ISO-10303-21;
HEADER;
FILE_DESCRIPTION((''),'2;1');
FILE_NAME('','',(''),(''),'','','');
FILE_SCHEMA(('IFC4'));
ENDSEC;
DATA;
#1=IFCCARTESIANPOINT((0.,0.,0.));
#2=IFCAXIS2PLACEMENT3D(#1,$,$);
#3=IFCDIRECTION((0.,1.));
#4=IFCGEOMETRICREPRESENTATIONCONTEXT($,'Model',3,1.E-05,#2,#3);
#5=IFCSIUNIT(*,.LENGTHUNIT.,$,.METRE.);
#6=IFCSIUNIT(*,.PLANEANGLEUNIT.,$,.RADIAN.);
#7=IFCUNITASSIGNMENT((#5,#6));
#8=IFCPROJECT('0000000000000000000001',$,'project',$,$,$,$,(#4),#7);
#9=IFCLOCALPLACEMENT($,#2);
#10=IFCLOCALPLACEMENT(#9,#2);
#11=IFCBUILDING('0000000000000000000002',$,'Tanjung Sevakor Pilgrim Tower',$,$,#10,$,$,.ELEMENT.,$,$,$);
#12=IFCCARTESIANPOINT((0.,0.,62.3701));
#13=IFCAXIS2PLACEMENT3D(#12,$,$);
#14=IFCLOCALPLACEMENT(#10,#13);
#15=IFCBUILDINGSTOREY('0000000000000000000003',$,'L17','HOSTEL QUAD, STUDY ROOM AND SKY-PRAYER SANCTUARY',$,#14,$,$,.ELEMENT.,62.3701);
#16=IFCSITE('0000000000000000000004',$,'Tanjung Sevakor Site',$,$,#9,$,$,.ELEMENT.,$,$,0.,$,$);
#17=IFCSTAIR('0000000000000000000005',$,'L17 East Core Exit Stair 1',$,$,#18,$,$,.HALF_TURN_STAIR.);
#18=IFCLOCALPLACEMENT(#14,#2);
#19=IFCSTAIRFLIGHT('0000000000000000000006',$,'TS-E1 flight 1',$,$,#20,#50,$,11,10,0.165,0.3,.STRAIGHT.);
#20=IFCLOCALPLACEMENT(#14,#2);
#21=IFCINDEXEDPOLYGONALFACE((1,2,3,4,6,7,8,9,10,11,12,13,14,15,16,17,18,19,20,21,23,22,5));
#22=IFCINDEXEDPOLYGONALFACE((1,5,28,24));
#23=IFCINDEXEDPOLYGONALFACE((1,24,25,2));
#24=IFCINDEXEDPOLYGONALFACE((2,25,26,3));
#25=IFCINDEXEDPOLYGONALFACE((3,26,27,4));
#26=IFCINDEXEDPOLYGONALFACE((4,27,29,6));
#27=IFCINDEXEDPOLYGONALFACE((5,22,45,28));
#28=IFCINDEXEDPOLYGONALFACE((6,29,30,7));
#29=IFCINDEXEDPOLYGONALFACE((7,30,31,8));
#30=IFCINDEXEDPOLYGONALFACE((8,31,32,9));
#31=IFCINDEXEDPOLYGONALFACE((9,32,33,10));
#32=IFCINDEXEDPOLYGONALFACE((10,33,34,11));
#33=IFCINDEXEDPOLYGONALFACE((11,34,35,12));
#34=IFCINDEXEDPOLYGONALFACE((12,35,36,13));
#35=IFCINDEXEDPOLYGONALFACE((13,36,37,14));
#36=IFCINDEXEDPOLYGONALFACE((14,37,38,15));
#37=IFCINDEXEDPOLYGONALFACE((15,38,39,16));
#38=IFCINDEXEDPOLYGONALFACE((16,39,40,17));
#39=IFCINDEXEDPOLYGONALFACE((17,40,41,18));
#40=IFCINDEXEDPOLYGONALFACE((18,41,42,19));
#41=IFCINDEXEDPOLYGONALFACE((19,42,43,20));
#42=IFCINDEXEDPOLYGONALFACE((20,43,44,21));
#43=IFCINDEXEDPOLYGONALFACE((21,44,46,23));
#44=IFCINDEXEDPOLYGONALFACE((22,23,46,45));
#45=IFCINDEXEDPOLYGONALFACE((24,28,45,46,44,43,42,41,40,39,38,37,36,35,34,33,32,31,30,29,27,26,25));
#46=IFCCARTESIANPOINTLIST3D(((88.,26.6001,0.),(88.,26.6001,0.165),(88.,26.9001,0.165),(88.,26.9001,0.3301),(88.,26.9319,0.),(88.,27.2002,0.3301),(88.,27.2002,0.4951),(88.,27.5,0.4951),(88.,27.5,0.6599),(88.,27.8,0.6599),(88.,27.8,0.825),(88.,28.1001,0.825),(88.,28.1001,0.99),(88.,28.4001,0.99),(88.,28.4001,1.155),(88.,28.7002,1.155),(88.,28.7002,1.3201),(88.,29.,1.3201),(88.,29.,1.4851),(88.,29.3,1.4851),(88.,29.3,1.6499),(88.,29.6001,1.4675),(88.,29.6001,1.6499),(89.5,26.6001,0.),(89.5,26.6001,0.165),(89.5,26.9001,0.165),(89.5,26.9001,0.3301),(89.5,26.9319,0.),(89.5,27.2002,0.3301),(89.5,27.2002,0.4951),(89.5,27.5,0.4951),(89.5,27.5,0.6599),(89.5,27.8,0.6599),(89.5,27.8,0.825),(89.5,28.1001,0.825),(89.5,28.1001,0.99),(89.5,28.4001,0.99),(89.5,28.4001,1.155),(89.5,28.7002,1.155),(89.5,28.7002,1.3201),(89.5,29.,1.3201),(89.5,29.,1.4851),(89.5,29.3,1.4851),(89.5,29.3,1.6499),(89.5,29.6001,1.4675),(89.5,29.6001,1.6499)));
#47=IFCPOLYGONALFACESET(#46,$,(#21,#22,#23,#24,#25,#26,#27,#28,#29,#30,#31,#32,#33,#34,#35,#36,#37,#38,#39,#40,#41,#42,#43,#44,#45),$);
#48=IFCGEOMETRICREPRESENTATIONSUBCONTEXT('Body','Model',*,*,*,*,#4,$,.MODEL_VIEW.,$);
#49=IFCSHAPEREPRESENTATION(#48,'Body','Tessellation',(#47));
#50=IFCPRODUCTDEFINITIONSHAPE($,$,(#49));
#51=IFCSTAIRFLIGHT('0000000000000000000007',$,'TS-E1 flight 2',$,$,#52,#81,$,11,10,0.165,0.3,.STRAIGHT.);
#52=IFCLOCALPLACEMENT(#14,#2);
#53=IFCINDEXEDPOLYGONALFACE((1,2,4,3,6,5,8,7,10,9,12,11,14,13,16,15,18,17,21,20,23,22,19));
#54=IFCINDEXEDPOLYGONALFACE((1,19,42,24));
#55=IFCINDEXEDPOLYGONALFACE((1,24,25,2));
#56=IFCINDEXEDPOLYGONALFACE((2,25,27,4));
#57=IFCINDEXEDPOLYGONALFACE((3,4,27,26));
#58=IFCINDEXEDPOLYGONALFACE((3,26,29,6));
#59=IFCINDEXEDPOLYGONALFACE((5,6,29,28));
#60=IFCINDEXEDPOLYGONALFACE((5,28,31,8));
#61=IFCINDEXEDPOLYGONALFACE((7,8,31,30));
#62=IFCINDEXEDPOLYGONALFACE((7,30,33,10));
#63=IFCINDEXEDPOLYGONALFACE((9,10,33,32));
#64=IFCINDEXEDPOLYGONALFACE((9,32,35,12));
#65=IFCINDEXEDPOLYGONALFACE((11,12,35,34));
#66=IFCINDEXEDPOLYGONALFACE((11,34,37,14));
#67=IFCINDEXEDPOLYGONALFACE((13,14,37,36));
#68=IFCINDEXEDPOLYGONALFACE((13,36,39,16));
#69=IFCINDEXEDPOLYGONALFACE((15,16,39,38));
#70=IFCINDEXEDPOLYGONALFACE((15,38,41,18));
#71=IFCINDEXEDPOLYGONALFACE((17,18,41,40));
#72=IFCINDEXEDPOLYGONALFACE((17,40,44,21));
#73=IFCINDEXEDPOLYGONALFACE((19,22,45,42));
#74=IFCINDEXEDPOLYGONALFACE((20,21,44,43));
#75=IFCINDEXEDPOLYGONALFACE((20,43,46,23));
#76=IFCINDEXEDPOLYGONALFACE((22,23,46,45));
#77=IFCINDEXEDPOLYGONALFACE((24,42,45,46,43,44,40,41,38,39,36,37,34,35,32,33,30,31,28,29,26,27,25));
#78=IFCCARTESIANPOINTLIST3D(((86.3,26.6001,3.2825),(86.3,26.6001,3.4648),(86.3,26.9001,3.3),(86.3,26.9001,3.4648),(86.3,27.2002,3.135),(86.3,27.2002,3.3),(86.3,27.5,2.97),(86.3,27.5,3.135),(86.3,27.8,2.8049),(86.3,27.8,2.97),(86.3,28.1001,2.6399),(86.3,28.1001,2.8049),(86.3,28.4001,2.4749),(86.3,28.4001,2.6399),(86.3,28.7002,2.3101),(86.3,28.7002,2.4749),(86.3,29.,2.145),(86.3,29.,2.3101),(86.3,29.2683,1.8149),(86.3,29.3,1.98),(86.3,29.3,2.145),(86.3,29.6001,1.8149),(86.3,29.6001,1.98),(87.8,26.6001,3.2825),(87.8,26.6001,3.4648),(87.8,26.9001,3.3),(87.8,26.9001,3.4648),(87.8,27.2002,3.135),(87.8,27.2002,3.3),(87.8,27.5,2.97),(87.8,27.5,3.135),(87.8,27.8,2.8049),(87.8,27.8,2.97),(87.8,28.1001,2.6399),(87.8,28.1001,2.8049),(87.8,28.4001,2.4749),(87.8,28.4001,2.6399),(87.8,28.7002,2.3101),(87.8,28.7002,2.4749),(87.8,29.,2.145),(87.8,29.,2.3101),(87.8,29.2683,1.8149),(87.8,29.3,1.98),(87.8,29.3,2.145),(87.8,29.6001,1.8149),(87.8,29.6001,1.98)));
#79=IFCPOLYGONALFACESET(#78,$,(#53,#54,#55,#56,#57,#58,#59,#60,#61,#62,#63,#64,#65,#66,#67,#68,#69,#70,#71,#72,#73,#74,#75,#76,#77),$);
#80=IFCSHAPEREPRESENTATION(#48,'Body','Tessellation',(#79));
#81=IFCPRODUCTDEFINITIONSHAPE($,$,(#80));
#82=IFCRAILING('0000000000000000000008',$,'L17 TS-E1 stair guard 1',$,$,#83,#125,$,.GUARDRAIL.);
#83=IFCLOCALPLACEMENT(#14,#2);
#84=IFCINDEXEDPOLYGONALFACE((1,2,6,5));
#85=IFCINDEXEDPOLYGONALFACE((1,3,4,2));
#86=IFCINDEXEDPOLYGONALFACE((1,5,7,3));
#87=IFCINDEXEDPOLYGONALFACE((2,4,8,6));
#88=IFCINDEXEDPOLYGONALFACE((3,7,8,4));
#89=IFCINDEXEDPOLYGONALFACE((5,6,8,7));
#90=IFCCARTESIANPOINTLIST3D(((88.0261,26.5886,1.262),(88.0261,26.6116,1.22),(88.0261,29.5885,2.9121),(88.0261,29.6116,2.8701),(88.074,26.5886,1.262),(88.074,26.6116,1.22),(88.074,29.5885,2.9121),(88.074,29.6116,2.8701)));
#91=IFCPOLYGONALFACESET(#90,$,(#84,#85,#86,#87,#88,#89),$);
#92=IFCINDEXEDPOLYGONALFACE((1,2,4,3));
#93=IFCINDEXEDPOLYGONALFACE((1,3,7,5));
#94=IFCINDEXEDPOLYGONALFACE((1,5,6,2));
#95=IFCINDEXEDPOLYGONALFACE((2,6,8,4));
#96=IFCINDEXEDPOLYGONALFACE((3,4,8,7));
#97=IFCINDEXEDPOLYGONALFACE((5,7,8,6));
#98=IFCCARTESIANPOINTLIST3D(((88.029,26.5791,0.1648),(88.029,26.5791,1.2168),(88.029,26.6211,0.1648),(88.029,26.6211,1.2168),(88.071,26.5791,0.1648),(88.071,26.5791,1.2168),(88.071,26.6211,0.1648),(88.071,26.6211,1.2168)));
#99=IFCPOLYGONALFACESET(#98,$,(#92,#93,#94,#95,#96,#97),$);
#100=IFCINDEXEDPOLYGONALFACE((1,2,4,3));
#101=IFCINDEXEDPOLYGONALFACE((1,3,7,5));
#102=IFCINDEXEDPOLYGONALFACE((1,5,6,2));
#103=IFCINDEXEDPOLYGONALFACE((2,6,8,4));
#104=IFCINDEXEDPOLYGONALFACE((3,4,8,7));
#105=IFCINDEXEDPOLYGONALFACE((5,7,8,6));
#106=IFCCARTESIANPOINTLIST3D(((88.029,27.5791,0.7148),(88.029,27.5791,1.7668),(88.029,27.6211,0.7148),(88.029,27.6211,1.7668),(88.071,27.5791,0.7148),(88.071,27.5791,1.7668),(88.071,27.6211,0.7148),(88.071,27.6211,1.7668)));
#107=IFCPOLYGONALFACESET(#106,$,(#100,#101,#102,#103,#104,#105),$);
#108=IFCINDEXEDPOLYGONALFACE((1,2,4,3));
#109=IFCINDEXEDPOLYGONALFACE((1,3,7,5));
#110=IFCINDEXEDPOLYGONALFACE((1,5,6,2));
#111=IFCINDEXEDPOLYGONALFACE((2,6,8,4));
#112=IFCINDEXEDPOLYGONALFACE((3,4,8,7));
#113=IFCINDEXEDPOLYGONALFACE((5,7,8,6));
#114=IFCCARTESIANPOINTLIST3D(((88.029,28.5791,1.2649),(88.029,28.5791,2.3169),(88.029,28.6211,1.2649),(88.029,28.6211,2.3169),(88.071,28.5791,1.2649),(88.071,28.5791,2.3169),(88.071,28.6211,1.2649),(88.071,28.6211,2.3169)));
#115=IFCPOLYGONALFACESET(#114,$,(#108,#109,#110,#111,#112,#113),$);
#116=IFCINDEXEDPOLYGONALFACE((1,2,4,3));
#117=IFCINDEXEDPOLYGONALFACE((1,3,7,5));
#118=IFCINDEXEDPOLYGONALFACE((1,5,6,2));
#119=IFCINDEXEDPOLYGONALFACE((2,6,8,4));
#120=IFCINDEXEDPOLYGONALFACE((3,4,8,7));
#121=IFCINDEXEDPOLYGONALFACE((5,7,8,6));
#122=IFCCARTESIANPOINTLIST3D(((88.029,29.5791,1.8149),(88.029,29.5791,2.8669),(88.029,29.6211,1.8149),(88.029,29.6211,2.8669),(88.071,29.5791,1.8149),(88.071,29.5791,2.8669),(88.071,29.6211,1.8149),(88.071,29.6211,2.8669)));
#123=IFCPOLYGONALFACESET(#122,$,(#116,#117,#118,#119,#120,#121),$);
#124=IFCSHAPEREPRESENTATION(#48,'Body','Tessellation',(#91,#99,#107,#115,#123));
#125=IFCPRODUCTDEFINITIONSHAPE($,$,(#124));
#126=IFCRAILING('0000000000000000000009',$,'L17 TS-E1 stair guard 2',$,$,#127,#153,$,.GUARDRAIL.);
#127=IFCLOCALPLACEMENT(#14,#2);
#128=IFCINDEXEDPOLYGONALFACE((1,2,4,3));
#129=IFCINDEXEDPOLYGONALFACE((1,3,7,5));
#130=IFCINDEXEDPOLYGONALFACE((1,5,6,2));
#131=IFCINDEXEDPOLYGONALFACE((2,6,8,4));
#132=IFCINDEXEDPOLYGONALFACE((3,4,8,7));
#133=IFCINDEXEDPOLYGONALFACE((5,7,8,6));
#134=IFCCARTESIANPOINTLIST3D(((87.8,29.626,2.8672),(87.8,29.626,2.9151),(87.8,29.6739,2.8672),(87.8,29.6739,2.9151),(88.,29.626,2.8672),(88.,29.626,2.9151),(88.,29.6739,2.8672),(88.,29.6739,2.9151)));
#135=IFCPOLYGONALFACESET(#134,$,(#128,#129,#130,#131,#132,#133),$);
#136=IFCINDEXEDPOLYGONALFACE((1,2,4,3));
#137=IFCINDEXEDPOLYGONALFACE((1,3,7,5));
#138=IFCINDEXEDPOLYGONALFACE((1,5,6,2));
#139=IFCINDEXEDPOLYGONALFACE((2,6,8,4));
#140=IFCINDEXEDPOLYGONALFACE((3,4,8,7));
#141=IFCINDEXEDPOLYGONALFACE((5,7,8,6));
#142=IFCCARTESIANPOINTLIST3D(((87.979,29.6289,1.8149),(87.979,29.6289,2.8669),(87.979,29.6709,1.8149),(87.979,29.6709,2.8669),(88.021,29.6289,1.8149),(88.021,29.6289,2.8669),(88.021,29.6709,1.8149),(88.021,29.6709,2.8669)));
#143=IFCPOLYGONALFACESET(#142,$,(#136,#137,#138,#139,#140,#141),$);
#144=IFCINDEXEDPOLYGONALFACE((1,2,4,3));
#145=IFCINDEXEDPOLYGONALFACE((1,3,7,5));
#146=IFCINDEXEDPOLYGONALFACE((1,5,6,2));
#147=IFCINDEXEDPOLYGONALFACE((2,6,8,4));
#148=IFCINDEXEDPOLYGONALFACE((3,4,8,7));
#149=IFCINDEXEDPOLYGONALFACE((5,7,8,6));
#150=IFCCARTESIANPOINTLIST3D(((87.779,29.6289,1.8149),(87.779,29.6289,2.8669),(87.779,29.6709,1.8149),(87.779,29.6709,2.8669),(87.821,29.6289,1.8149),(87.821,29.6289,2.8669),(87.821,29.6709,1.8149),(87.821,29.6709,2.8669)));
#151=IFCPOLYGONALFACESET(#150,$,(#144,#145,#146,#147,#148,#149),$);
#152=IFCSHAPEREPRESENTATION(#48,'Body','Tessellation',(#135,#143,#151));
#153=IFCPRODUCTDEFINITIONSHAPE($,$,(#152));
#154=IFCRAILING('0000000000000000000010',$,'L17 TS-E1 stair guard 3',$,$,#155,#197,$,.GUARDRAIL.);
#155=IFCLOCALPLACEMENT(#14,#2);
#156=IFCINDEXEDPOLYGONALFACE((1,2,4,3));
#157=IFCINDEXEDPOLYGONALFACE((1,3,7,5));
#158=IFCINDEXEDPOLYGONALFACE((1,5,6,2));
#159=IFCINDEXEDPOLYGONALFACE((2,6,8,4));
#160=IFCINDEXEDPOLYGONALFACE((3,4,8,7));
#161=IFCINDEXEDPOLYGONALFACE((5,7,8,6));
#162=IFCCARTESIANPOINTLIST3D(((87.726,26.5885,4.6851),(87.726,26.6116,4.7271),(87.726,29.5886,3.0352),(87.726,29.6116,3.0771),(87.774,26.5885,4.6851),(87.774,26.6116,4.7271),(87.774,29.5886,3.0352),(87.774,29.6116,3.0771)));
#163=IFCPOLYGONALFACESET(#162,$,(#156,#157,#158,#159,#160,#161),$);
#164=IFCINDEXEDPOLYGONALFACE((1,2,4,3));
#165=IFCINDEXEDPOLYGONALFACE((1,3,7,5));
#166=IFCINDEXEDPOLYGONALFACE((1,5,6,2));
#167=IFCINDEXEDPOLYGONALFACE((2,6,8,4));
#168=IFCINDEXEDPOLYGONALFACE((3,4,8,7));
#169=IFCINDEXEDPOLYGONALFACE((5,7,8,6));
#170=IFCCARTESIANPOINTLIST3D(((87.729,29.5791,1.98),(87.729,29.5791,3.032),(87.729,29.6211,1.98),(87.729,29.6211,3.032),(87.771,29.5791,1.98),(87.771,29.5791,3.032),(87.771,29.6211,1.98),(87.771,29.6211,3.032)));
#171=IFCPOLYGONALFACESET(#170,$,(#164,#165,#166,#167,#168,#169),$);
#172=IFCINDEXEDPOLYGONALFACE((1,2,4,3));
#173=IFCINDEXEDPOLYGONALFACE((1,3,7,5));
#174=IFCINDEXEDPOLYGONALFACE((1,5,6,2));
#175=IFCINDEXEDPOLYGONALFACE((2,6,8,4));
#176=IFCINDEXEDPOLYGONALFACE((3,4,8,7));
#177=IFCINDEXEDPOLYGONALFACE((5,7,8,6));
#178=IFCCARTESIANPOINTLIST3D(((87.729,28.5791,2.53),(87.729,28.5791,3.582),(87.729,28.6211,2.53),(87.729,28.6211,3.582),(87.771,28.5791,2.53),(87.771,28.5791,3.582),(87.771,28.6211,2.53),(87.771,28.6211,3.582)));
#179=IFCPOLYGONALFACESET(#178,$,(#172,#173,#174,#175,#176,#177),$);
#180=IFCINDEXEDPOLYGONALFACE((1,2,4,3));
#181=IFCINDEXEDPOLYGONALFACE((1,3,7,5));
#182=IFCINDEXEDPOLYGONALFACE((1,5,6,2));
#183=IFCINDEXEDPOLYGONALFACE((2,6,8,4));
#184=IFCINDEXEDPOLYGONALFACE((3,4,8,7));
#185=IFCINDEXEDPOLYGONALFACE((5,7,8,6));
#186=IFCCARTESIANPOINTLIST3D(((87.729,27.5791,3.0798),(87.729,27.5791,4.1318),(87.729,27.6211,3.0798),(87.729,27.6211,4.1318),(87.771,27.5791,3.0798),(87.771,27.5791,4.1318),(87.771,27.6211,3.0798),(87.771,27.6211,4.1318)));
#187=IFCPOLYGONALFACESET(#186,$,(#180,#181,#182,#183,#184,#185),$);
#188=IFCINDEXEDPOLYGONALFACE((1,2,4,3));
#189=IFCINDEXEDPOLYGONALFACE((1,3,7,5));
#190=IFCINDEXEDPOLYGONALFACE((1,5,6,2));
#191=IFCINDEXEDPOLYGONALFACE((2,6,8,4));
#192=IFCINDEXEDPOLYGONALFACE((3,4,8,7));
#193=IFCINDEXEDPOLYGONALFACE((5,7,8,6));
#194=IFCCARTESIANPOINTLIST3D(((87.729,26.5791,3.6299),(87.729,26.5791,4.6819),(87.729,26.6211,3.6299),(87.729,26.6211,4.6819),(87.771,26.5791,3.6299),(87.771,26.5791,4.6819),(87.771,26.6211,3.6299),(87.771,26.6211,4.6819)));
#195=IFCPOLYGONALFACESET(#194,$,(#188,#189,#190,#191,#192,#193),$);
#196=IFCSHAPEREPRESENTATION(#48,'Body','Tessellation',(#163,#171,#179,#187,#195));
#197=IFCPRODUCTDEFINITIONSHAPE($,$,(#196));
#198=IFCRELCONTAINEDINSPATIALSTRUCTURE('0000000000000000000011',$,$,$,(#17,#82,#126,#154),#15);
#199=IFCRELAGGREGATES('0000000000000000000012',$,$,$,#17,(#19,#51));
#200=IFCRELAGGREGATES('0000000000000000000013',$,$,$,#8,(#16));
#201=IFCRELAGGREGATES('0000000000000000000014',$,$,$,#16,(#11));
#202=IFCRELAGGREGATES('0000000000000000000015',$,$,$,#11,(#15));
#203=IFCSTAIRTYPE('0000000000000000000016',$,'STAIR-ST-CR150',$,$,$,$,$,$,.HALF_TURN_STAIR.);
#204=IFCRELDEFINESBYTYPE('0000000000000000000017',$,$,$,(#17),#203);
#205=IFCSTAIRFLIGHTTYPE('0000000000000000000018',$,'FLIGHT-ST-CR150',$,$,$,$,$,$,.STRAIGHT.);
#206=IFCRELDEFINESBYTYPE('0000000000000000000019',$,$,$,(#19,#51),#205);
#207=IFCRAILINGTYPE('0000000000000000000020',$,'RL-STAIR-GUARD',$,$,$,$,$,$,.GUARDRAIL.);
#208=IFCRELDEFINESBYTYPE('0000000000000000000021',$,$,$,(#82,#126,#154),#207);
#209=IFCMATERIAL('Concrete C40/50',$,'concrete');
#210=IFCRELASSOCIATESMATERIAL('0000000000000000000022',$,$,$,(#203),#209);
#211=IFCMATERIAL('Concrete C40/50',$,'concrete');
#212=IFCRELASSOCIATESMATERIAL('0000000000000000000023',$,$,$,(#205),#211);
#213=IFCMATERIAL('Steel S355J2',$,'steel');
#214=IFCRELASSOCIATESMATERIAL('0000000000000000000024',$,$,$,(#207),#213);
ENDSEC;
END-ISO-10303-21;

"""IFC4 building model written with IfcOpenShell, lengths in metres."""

from ifc_helpers import new_model, si_unit, direction, frame, origin, place, context, subcontext, project, spatial, polyline, rectangle, outline, extrude, material, type_object, element, aggregate, save


model = new_model("IFC4")

# Units and contexts
model_context = context("Model", 3, precision=1e-05, world=origin(), true_north=direction((0.0, 1.0)))
body_context = subcontext(model_context, "Body", "Model", "MODEL_VIEW")
ifc_project = project(units=[si_unit("LENGTHUNIT", "METRE"), si_unit("PLANEANGLEUNIT", "RADIAN")], contexts=[model_context])

# Site, building, storey
site_placement = place(None, origin())
site = spatial("IfcSite", under=ifc_project, at=site_placement, Name="Tanjung Sevakor Site", CompositionType="ELEMENT", RefElevation=0.0)
building_placement = place(site_placement, origin())
building = spatial("IfcBuilding", under=site, at=building_placement, Name="Tanjung Sevakor Pilgrim Tower", CompositionType="ELEMENT")
storey_placement = place(building_placement, frame((0.0, 0.0, 62.3701)))
storey = spatial("IfcBuildingStorey", under=building, at=storey_placement, Name="L17", Description="HOSTEL QUAD, STUDY ROOM AND SKY-PRAYER SANCTUARY", CompositionType="ELEMENT", Elevation=62.3701)

# Stair, stair flights
ifc_material_1 = material(Name="Concrete C40/50", Category="concrete")
stair_type = type_object("IfcStairType", Name="STAIR-ST-CR150", PredefinedType="HALF_TURN_STAIR", material=ifc_material_1)
stair_placement = place(storey_placement, origin())
stair = element("IfcStair", 1, at=stair_placement, inside=storey, type_object=stair_type, Name="L17 East Core Exit Stair 1", PredefinedType="HALF_TURN_STAIR")
ifc_material_2 = material(Name="Concrete C40/50", Category="concrete")
stair_flight_type = type_object("IfcStairFlightType", Name="FLIGHT-ST-CR150", PredefinedType="STRAIGHT", material=ifc_material_2)
stair_flight_1_placement = place(storey_placement, frame((88.75, 26.6001, 0.0), z_axis=(0.0, 0.0, 1.0), x_axis=(0.0, 1.0, 0.0)))
stair_flight_1 = element("IfcStairFlight", 2, at=stair_flight_1_placement, type_object=stair_flight_type, Name="TS-E1 flight 1", NumberOfRisers=11, NumberOfTreads=10, PredefinedType="STRAIGHT", RiserHeight=0.165, TreadLength=0.3, context=body_context, shape_type="SweptSolid", body=[
    extrude(outline(polyline([(0.0, 0.0), (0.0, 0.165), (0.3, 0.165), (0.3, 0.3301), (0.6001, 0.3301), (0.6001, 0.4951), (0.8999, 0.4951), (0.8999, 0.6599), (1.2, 0.6599), (1.2, 0.825), (1.5, 0.825), (1.5, 0.99), (1.8, 0.99), (1.8, 1.155), (2.1001, 1.155), (2.1001, 1.3201), (2.3999, 1.3201), (2.3999, 1.4851), (2.7, 1.4851), (2.7, 1.6499), (3.0, 1.6499), (3.0, 1.8149), (3.0, 1.4675), (0.3318, 0.0), (0.0, 0.0)])), frame((0.0, 0.75, 0.0), z_axis=(0.0, -1.0, 0.0), x_axis=(1.0, 0.0, 0.0)), (0.0, 0.0, 1.0), 1.5),
])
stair_flight_2_placement = place(storey_placement, frame((87.05, 29.6001, 1.8149), z_axis=(0.0, 0.0, 1.0), x_axis=(0.0, -1.0, 0.0)))
stair_flight_2 = element("IfcStairFlight", 3, at=stair_flight_2_placement, type_object=stair_flight_type, Name="TS-E1 flight 2", NumberOfRisers=11, NumberOfTreads=10, PredefinedType="STRAIGHT", RiserHeight=0.165, TreadLength=0.3, context=body_context, shape_type="SweptSolid", body=[
    extrude(outline(polyline([(0.0, 0.0), (0.0, 0.165), (0.3, 0.165), (0.3, 0.3301), (0.6001, 0.3301), (0.6001, 0.4951), (0.8999, 0.4951), (0.8999, 0.6599), (1.2, 0.6599), (1.2, 0.825), (1.5, 0.825), (1.5, 0.99), (1.8, 0.99), (1.8, 1.155), (2.1001, 1.155), (2.1001, 1.3201), (2.3999, 1.3201), (2.3999, 1.4851), (2.7, 1.4851), (2.7, 1.6499), (3.0, 1.6499), (3.0, 1.8149), (3.0, 1.4675), (0.3318, 0.0), (0.0, 0.0)])), frame((0.0, 0.75, 0.0), z_axis=(0.0, -1.0, 0.0), x_axis=(1.0, 0.0, 0.0)), (0.0, 0.0, 1.0), 1.5),
])
aggregate(stair, [stair_flight_1, stair_flight_2])

# Railings
ifc_material_3 = material(Name="Steel S355J2", Category="steel")
railing_type_1 = type_object("IfcRailingType", Name="RL-STAIR-GUARD", PredefinedType="GUARDRAIL", material=ifc_material_3)
railing_1_placement = place(storey_placement, frame((88.05, 26.6001, 0.1648)))
element("IfcRailing", 4, at=railing_1_placement, inside=storey, type_object=railing_type_1, Name="L17 TS-E1 stair guard 1", PredefinedType="GUARDRAIL", context=body_context, shape_type="SweptSolid", body=[
    extrude(rectangle(XDim=0.0479, YDim=0.0479), frame((0.0, 0.0, 1.0762), z_axis=(0.0, 0.876198, 0.481952), x_axis=(-1.0, 0.0, 0.0)), (0.0, 0.0, 1.0), 3.4238),
    extrude(rectangle(XDim=0.042, YDim=0.042), origin(), (0.0, 0.0, 1.0), 1.052),
    extrude(rectangle(XDim=0.042, YDim=0.042), frame((0.0, 1.0, 0.55)), (0.0, 0.0, 1.0), 1.052),
    extrude(rectangle(XDim=0.042, YDim=0.042), frame((0.0, 2.0, 1.1001)), (0.0, 0.0, 1.0), 1.052),
    extrude(rectangle(XDim=0.042, YDim=0.042), frame((0.0, 3.0, 1.6501)), (0.0, 0.0, 1.0), 1.052),
])
railing_2_placement = place(storey_placement, frame((88.0, 29.6499, 1.8149)))
element("IfcRailing", 5, at=railing_2_placement, inside=storey, type_object=railing_type_1, Name="L17 TS-E1 stair guard 2", PredefinedType="GUARDRAIL", context=body_context, shape_type="SweptSolid", body=[
    extrude(rectangle(XDim=0.0479, YDim=0.0479), frame((0.0, 0.0, 1.0762), z_axis=(-1.0, 0.0, 0.0), x_axis=(0.0, -1.0, 0.0)), (0.0, 0.0, 1.0), 0.2),
    extrude(rectangle(XDim=0.042, YDim=0.042), origin(), (0.0, 0.0, 1.0), 1.052),
    extrude(rectangle(XDim=0.042, YDim=0.042), frame((-0.2, 0.0, 0.0)), (0.0, 0.0, 1.0), 1.052),
])
railing_3_placement = place(storey_placement, frame((87.75, 29.6001, 1.98)))
element("IfcRailing", 6, at=railing_3_placement, inside=storey, type_object=railing_type_1, Name="L17 TS-E1 stair guard 3", PredefinedType="GUARDRAIL", context=body_context, shape_type="SweptSolid", body=[
    extrude(rectangle(XDim=0.0479, YDim=0.0479), frame((0.0, 0.0, 1.0762), z_axis=(0.0, -0.876228, 0.481897), x_axis=(1.0, 0.0, 0.0)), (0.0, 0.0, 1.0), 3.4238),
    extrude(rectangle(XDim=0.042, YDim=0.042), origin(), (0.0, 0.0, 1.0), 1.052),
    extrude(rectangle(XDim=0.042, YDim=0.042), frame((0.0, -1.0, 0.55)), (0.0, 0.0, 1.0), 1.052),
    extrude(rectangle(XDim=0.042, YDim=0.042), frame((0.0, -2.0, 1.0999)), (0.0, 0.0, 1.0), 1.052),
    extrude(rectangle(XDim=0.042, YDim=0.042), frame((0.0, -3.0, 1.6499)), (0.0, 0.0, 1.0), 1.052),
])

save(model, "model.ifc")
